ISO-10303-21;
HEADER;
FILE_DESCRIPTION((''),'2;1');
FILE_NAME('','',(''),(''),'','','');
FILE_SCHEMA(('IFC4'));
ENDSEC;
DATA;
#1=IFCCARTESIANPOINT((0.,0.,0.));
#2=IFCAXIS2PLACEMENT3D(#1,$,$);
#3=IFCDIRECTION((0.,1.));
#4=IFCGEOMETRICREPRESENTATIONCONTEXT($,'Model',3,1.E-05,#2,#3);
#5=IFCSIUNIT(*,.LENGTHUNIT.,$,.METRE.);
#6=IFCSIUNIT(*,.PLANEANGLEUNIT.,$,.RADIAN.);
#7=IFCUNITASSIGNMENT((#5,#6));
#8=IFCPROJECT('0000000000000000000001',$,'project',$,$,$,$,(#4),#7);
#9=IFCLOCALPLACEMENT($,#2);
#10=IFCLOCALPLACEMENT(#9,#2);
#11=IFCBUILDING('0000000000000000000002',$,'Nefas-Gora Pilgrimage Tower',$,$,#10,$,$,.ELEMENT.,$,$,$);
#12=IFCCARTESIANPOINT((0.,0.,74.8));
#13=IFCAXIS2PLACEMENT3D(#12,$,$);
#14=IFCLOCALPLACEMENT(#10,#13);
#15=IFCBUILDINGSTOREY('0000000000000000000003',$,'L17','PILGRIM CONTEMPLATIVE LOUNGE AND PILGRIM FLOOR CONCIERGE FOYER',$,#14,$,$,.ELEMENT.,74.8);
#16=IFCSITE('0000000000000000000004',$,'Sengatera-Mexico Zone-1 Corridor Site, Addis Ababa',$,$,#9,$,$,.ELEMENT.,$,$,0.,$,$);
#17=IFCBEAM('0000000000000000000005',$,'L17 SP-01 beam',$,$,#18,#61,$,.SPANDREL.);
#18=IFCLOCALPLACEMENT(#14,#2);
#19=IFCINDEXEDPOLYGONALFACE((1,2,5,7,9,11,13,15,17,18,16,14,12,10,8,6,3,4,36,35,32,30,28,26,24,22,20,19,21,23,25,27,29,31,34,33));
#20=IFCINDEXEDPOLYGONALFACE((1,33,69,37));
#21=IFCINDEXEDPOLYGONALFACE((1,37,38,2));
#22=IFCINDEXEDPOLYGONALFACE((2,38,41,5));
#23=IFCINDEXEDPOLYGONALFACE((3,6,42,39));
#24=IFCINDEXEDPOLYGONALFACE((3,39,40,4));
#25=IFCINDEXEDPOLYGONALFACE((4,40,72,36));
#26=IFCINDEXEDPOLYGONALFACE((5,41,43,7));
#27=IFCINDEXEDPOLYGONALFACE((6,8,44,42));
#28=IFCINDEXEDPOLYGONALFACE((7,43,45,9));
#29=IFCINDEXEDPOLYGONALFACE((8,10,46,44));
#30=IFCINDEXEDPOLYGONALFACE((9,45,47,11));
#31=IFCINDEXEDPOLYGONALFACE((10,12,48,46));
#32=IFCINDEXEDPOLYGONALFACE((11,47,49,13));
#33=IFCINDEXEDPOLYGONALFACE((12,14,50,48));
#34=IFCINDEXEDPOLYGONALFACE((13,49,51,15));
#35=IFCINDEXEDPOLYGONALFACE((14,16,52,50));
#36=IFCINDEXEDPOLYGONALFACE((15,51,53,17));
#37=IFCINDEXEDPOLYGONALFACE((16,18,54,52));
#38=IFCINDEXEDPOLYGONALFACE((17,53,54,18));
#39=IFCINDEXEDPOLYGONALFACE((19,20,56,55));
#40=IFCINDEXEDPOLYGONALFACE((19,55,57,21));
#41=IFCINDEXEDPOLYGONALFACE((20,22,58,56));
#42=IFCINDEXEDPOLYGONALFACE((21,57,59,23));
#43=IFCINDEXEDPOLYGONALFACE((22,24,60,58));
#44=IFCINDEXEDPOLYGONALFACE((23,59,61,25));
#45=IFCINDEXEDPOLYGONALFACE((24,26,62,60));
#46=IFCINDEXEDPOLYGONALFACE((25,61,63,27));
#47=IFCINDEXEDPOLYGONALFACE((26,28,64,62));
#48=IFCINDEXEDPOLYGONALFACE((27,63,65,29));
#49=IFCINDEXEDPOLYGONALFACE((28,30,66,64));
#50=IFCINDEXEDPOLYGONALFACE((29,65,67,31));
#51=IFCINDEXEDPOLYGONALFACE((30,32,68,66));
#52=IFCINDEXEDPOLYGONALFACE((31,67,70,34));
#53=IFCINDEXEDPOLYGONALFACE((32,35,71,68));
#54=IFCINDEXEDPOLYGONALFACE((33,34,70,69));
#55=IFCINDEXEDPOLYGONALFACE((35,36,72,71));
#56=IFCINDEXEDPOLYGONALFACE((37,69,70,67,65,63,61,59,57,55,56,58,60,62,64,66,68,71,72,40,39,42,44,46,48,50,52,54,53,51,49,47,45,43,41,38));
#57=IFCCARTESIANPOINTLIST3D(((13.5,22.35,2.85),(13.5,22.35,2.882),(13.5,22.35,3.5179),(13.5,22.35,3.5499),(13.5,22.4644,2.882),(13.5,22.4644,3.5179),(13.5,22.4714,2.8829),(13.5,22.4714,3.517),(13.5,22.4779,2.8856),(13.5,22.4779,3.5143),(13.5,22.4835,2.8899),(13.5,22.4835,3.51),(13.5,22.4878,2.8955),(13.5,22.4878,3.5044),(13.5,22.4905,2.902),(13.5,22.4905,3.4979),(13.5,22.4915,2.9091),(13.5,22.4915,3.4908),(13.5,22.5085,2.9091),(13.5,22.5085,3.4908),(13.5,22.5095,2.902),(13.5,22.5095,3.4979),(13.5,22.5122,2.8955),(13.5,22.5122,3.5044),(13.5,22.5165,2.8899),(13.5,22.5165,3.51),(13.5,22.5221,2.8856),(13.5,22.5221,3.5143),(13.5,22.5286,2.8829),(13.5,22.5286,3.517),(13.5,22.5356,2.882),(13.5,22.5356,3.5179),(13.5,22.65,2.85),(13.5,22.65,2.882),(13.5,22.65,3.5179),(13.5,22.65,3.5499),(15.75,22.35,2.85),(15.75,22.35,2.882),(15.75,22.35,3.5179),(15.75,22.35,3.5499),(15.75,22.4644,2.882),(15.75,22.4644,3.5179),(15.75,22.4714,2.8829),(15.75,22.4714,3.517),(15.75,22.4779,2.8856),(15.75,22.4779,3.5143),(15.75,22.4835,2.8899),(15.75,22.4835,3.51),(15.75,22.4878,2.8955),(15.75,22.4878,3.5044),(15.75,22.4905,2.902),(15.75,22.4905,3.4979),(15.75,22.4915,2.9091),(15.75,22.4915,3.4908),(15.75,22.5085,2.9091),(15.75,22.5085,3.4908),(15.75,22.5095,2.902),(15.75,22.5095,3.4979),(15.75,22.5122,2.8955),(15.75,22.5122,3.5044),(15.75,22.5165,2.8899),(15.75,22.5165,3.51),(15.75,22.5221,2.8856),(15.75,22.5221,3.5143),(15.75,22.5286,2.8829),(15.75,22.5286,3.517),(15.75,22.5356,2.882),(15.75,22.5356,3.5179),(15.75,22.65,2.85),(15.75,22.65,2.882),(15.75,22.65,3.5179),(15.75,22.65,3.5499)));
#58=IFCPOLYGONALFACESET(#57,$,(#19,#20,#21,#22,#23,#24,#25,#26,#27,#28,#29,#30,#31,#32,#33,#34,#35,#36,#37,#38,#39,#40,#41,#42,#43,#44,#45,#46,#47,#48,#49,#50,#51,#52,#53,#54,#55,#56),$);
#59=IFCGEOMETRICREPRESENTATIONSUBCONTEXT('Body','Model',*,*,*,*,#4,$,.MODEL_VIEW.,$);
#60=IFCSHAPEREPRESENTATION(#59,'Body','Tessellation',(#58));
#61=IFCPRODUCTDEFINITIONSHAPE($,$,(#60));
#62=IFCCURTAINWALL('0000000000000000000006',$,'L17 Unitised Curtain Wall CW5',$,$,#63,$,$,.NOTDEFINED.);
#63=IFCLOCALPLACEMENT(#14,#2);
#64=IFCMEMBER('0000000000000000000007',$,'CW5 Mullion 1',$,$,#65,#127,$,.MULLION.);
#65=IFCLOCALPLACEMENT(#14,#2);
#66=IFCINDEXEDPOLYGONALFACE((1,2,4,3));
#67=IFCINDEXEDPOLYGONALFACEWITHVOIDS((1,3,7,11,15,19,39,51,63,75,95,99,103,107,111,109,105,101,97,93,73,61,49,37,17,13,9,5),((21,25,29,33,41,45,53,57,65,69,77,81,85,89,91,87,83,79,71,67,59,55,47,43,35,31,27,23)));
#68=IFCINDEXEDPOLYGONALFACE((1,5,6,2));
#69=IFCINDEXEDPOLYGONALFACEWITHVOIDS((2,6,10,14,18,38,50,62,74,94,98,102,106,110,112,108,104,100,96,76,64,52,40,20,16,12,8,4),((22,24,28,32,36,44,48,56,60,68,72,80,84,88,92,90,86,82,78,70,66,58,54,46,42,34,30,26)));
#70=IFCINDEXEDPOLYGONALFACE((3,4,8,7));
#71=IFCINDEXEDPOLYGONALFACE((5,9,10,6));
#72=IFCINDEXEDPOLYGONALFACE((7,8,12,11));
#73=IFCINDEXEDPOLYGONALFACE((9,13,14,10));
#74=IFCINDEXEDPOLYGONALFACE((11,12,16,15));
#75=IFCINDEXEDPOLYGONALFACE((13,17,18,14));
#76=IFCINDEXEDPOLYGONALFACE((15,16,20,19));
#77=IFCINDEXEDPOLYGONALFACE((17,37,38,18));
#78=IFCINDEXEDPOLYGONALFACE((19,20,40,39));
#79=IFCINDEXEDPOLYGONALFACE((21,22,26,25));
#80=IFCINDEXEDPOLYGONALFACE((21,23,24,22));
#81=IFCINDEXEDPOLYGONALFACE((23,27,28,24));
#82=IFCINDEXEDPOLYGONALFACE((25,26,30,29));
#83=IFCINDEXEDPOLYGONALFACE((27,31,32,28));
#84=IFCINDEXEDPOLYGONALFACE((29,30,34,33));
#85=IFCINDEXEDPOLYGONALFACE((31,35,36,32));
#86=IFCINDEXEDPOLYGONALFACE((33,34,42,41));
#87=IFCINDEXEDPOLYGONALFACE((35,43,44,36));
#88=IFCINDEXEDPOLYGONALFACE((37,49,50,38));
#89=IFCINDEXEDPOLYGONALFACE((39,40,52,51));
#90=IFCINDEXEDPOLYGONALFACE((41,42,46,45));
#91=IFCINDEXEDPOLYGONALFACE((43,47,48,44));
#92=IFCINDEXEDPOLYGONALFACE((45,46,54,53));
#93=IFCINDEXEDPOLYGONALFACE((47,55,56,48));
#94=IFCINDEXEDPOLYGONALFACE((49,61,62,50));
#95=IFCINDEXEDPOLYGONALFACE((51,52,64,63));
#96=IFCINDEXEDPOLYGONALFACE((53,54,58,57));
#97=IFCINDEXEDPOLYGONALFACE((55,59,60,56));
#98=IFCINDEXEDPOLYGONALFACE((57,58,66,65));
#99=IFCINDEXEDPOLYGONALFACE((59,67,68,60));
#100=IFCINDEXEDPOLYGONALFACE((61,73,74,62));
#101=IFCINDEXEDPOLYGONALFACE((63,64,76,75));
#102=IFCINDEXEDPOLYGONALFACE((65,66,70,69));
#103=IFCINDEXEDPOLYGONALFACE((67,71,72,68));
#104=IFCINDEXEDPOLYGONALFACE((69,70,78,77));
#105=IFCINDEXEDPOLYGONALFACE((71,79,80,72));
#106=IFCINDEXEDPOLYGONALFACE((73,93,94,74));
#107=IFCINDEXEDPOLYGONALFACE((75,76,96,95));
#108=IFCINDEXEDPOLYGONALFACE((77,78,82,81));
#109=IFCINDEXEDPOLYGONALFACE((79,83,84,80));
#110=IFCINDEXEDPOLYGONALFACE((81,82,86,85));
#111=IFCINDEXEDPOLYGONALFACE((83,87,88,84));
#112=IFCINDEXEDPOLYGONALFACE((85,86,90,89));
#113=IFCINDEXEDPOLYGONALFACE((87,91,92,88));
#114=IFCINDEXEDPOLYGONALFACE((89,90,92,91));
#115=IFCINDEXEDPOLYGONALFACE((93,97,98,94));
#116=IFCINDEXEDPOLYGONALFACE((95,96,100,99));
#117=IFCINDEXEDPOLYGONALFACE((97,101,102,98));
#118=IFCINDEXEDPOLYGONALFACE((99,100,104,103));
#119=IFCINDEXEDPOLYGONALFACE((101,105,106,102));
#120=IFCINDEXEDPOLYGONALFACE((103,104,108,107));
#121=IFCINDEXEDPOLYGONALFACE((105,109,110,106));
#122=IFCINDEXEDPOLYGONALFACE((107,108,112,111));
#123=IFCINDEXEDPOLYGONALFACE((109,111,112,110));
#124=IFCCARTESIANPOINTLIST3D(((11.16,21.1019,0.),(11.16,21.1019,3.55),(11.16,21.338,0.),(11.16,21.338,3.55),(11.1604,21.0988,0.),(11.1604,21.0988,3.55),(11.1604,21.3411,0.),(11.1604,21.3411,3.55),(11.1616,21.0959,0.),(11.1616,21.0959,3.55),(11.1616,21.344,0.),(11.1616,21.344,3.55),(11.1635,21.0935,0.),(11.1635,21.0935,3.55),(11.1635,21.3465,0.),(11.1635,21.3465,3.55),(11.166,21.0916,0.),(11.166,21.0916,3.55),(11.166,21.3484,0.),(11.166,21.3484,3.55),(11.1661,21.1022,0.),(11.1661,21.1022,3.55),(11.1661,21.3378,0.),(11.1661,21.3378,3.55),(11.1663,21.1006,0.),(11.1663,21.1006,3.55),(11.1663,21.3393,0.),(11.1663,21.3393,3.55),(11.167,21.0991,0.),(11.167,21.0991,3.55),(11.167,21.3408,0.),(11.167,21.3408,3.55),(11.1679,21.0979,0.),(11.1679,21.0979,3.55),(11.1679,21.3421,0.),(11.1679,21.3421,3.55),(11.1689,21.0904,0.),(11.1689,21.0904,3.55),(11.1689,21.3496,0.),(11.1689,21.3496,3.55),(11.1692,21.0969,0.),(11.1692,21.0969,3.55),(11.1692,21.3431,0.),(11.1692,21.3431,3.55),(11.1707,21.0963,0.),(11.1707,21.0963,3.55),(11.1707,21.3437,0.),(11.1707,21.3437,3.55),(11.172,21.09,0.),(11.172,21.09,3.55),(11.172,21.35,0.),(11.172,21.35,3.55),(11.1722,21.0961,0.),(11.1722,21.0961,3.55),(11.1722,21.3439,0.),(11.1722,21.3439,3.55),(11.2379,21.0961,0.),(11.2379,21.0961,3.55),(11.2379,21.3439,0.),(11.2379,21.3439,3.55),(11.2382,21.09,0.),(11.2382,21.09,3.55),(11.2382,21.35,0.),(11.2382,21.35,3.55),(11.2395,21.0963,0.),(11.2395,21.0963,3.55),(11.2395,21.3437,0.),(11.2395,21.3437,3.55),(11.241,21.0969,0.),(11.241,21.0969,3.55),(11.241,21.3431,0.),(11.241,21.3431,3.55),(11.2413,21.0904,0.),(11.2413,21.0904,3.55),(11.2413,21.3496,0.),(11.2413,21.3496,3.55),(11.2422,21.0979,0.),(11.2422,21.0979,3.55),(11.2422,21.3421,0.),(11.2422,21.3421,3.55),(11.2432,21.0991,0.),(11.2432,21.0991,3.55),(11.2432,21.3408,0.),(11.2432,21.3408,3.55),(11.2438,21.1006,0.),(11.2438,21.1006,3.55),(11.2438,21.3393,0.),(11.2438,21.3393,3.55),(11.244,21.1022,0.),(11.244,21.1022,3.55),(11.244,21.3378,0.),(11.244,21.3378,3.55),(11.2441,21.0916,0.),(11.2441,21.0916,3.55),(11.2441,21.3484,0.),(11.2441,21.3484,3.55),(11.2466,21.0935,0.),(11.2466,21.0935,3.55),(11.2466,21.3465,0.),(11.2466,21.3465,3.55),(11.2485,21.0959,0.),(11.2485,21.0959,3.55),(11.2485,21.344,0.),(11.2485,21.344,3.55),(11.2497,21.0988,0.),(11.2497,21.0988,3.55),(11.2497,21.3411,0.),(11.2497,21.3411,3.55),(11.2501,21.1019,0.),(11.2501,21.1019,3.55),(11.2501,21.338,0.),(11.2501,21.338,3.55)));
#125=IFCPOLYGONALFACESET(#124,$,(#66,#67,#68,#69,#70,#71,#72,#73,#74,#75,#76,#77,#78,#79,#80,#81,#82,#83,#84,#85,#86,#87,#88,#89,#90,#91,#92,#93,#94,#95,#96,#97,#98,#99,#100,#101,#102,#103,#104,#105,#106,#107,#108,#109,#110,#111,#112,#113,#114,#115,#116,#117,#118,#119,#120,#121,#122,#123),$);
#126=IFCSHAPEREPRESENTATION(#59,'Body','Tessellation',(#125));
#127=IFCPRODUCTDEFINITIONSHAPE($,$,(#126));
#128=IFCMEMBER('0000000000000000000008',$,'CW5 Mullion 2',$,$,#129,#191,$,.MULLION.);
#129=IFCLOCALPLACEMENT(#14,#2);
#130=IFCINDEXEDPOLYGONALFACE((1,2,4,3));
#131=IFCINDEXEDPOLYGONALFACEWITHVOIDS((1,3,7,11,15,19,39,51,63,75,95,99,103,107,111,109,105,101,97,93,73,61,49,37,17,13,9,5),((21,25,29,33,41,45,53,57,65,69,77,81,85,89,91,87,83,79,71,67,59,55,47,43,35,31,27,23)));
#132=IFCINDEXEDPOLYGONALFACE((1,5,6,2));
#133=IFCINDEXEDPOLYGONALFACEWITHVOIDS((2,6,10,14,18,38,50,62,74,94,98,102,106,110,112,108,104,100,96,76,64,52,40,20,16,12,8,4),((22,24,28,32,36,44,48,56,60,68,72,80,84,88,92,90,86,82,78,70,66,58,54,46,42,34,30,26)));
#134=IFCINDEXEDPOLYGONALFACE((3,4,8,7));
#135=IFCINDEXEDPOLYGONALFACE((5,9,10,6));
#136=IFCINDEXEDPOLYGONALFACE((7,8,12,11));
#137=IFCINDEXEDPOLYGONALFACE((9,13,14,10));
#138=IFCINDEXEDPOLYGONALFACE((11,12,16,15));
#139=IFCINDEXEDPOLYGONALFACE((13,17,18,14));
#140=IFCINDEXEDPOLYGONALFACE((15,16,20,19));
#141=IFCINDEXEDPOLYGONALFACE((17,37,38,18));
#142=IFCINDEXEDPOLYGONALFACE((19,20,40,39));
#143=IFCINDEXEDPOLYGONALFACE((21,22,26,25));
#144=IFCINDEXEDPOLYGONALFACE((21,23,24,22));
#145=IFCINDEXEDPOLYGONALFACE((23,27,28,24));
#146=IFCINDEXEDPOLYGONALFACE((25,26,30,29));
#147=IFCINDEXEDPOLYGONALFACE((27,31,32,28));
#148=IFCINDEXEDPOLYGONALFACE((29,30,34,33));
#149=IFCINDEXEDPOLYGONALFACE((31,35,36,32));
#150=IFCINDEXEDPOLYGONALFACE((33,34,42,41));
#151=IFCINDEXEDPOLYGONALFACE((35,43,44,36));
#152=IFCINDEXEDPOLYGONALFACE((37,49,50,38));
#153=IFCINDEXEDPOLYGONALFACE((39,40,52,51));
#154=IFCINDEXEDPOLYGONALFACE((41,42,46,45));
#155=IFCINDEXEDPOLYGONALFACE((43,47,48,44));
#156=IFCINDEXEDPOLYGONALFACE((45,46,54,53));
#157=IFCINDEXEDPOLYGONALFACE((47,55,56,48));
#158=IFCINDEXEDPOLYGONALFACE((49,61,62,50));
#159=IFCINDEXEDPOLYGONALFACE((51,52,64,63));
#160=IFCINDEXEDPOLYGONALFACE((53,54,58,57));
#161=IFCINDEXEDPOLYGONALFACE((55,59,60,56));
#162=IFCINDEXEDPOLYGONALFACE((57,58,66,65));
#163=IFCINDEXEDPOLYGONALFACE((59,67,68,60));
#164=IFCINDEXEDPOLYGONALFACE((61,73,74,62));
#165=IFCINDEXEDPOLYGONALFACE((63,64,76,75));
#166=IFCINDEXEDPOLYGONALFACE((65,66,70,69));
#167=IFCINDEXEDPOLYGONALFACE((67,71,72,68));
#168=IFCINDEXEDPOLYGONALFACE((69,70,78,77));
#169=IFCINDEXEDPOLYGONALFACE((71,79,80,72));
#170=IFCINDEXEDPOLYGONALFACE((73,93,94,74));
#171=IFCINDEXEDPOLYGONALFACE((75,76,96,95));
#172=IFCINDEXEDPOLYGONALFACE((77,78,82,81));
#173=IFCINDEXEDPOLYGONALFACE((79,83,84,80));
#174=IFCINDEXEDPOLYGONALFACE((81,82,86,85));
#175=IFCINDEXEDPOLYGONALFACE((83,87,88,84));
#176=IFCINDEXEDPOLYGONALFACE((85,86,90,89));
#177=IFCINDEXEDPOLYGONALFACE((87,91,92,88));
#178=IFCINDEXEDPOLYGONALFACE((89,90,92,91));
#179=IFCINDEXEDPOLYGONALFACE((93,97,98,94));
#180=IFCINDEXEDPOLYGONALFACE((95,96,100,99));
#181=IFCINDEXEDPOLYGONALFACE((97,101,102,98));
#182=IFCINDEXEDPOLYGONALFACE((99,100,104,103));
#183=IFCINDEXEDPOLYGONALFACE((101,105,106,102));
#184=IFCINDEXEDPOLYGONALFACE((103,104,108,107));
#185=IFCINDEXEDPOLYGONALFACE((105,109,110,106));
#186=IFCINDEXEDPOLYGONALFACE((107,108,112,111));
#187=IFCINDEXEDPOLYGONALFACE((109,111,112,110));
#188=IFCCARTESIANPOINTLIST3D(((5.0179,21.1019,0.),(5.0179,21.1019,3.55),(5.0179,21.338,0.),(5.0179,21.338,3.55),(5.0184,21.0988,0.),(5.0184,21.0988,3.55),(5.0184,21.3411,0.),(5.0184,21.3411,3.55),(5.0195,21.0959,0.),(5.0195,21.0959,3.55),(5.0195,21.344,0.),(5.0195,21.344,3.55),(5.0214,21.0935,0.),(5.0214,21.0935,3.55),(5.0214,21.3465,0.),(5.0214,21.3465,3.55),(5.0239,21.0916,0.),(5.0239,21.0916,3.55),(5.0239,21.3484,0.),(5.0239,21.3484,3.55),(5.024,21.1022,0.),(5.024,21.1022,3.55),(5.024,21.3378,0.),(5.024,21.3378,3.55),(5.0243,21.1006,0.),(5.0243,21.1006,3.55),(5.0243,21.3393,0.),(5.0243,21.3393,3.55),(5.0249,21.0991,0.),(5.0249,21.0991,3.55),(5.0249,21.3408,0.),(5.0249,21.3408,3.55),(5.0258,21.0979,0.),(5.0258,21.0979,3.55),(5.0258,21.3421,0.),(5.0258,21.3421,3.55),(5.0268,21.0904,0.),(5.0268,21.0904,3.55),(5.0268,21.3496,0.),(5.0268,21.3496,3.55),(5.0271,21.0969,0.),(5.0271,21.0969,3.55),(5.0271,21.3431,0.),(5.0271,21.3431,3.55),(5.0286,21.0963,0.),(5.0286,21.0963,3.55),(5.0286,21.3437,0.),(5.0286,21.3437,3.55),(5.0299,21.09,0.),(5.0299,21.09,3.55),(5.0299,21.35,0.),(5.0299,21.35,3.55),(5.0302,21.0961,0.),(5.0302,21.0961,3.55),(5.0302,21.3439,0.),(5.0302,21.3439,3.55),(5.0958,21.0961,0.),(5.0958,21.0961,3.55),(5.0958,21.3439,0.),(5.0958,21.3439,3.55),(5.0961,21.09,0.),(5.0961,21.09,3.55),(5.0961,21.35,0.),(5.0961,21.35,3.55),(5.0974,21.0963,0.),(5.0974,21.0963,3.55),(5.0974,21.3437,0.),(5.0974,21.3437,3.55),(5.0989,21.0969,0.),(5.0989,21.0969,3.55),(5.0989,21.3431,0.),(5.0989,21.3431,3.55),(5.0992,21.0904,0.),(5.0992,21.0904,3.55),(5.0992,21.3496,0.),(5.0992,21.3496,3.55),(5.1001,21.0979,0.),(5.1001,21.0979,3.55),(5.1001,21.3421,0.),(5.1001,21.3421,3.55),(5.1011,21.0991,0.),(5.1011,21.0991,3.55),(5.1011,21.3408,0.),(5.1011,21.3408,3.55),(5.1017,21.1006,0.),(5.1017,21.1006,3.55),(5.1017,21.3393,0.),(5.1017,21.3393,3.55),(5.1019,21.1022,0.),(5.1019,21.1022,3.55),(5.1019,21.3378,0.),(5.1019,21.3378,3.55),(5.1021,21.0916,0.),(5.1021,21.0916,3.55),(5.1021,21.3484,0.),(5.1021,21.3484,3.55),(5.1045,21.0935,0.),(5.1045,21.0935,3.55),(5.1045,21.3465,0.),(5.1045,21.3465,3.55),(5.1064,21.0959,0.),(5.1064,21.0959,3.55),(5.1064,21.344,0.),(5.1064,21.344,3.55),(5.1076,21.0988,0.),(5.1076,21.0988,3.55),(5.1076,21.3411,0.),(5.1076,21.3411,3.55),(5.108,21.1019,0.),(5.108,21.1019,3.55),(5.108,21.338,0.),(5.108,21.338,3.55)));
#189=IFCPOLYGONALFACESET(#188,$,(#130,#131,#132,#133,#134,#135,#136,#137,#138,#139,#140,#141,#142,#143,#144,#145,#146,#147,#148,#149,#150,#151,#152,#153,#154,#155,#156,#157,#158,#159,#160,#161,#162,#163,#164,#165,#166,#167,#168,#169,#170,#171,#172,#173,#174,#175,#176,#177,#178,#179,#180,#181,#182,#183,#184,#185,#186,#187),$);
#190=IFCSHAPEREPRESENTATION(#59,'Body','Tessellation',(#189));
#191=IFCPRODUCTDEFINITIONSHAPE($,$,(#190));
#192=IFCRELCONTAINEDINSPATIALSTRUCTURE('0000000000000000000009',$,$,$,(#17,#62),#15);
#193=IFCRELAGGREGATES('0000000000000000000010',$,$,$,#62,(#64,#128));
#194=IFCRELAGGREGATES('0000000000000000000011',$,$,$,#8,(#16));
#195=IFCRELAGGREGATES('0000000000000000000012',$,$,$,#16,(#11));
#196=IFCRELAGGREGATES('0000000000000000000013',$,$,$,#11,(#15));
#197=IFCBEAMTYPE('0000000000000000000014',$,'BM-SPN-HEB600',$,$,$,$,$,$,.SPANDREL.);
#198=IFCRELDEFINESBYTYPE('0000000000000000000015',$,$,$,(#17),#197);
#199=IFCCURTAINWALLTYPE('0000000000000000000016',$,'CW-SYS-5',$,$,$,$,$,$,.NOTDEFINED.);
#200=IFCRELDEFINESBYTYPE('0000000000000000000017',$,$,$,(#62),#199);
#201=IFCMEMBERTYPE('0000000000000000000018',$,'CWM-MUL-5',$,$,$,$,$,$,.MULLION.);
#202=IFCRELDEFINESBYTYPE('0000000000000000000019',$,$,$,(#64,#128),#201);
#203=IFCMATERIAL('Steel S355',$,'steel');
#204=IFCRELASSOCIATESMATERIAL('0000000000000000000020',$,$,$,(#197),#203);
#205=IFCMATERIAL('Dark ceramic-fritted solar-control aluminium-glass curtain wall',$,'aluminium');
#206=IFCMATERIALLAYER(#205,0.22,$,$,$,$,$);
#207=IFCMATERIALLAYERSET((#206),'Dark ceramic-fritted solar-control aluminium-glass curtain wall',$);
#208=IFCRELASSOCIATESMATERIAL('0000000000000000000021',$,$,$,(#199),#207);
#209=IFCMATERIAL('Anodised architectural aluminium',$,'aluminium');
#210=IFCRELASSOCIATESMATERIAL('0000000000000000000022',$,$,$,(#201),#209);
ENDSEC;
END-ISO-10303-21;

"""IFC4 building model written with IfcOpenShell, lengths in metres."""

from ifc_helpers import new_model, si_unit, direction, frame, origin, origin_2d, place, context, subcontext, project, spatial, hollow_rectangle, i_section, extrude, source, transform, mapped, material, layer, layer_set, material_profile, profile_set, type_object, element, aggregate, save


model = new_model("IFC4")

# Units and contexts
model_context = context("Model", 3, precision=1e-05, world=origin(), true_north=direction((0.0, 1.0)))
body_context = subcontext(model_context, "Body", "Model", "MODEL_VIEW")
ifc_project = project(units=[si_unit("LENGTHUNIT", "METRE"), si_unit("PLANEANGLEUNIT", "RADIAN")], contexts=[model_context])

# Site, building, storey
site_placement = place(None, origin())
site = spatial("IfcSite", under=ifc_project, at=site_placement, Name="Sengatera-Mexico Zone-1 Corridor Site, Addis Ababa", CompositionType="ELEMENT", RefElevation=0.0)
building_placement = place(site_placement, origin())
building = spatial("IfcBuilding", under=site, at=building_placement, Name="Nefas-Gora Pilgrimage Tower", CompositionType="ELEMENT")
storey_placement = place(building_placement, frame((0.0, 0.0, 74.8)))
storey = spatial("IfcBuildingStorey", under=building, at=storey_placement, Name="L17", Description="PILGRIM CONTEMPLATIVE LOUNGE AND PILGRIM FLOOR CONCIERGE FOYER", CompositionType="ELEMENT", Elevation=74.8)

# Beam
ifc_material_1 = material(Name="Steel S355", Category="steel")
ifc_material_profile_1 = material_profile(ifc_material_1, i_section(OverallWidth=0.3, OverallDepth=0.7, WebThickness=0.0171, FlangeThickness=0.032, FilletRadius=0.0271, at=origin_2d()), Name="HEB 700")
ifc_profile_set_1 = profile_set([ifc_material_profile_1], Name="Steel S355")
beam_type_1 = type_object("IfcBeamType", Name="BM-SPN-HEB600", PredefinedType="SPANDREL", material=ifc_profile_set_1)
shared_shape_1 = source(origin(), body_context, "Body", "SweptSolid", [
    extrude(i_section(OverallWidth=0.3, OverallDepth=0.7, WebThickness=0.0171, FlangeThickness=0.032, FilletRadius=0.0271, at=origin_2d()), origin(), (0.0, 0.0, 1.0), 2.25),
])
beam_1_placement = place(storey_placement, frame((13.5, 22.5, 3.2), z_axis=(1.0, 0.0, 0.0), x_axis=(0.0, 1.0, 0.0)))
element("IfcBeam", 1, at=beam_1_placement, inside=storey, type_object=beam_type_1, Name="L17 SP-01 beam", PredefinedType="SPANDREL", context=body_context, shape_type="MappedRepresentation", body=[
    mapped(shared_shape_1, transform((0.0, 0.0, 0.0), x_axis=(1.0, 0.0, 0.0), y_axis=(0.0, 1.0, 0.0), z_axis=(0.0, 0.0, 1.0), scale=1.0)),
])

# Curtain wall, members
ifc_material_2 = material(Name="Dark ceramic-fritted solar-control aluminium-glass curtain wall", Category="aluminium")
ifc_layer_1 = layer(ifc_material_2, 0.22)
ifc_layer_set_1 = layer_set([ifc_layer_1], Name="Dark ceramic-fritted solar-control aluminium-glass curtain wall")
curtain_wall_type_1 = type_object("IfcCurtainWallType", Name="CW-SYS-5", PredefinedType="NOTDEFINED", material=ifc_layer_set_1)
curtain_wall_1_placement = place(storey_placement, origin())
curtain_wall_1 = element("IfcCurtainWall", 2, at=curtain_wall_1_placement, inside=storey, type_object=curtain_wall_type_1, Name="L17 Unitised Curtain Wall CW5", PredefinedType="NOTDEFINED")
ifc_material_3 = material(Name="Anodised architectural aluminium", Category="aluminium")
ifc_material_profile_2 = material_profile(ifc_material_3, hollow_rectangle(XDim=0.0901, YDim=0.26, WallThickness=0.0061, InnerFilletRadius=0.0061, OuterFilletRadius=0.012, at=origin_2d()), Name="ALU MULLION 90x260")
ifc_profile_set_2 = profile_set([ifc_material_profile_2], Name="Anodised architectural aluminium")
member_type_1 = type_object("IfcMemberType", Name="CWM-MUL-5", PredefinedType="MULLION", material=ifc_profile_set_2)
shared_shape_2 = source(origin(), body_context, "Body", "SweptSolid", [
    extrude(hollow_rectangle(XDim=0.0901, YDim=0.26, WallThickness=0.0061, InnerFilletRadius=0.0061, OuterFilletRadius=0.012, at=origin_2d()), origin(), (0.0, 0.0, 1.0), 3.55),
])
member_1_placement = place(storey_placement, frame((11.2051, 21.22, 0.0), z_axis=(0.0, 0.0, 1.0), x_axis=(-1.0, 0.0, 0.0)))
member_1 = element("IfcMember", 3, at=member_1_placement, type_object=member_type_1, Name="CW5 Mullion 1", PredefinedType="MULLION", context=body_context, shape_type="MappedRepresentation", body=[
    mapped(shared_shape_2, transform((0.0, 0.0, 0.0), x_axis=(1.0, 0.0, 0.0), y_axis=(0.0, 1.0, 0.0), z_axis=(0.0, 0.0, 1.0), scale=1.0)),
])
member_2_placement = place(storey_placement, frame((5.063, 21.22, 0.0), z_axis=(0.0, 0.0, 1.0), x_axis=(-1.0, 0.0, 0.0)))
member_2 = element("IfcMember", 4, at=member_2_placement, type_object=member_type_1, Name="CW5 Mullion 2", PredefinedType="MULLION", context=body_context, shape_type="MappedRepresentation", body=[
    mapped(shared_shape_2, transform((0.0, 0.0, 0.0), x_axis=(1.0, 0.0, 0.0), y_axis=(0.0, 1.0, 0.0), z_axis=(0.0, 0.0, 1.0), scale=1.0)),
])

aggregate(curtain_wall_1, [member_1, member_2])

save(model, "model.ifc")
